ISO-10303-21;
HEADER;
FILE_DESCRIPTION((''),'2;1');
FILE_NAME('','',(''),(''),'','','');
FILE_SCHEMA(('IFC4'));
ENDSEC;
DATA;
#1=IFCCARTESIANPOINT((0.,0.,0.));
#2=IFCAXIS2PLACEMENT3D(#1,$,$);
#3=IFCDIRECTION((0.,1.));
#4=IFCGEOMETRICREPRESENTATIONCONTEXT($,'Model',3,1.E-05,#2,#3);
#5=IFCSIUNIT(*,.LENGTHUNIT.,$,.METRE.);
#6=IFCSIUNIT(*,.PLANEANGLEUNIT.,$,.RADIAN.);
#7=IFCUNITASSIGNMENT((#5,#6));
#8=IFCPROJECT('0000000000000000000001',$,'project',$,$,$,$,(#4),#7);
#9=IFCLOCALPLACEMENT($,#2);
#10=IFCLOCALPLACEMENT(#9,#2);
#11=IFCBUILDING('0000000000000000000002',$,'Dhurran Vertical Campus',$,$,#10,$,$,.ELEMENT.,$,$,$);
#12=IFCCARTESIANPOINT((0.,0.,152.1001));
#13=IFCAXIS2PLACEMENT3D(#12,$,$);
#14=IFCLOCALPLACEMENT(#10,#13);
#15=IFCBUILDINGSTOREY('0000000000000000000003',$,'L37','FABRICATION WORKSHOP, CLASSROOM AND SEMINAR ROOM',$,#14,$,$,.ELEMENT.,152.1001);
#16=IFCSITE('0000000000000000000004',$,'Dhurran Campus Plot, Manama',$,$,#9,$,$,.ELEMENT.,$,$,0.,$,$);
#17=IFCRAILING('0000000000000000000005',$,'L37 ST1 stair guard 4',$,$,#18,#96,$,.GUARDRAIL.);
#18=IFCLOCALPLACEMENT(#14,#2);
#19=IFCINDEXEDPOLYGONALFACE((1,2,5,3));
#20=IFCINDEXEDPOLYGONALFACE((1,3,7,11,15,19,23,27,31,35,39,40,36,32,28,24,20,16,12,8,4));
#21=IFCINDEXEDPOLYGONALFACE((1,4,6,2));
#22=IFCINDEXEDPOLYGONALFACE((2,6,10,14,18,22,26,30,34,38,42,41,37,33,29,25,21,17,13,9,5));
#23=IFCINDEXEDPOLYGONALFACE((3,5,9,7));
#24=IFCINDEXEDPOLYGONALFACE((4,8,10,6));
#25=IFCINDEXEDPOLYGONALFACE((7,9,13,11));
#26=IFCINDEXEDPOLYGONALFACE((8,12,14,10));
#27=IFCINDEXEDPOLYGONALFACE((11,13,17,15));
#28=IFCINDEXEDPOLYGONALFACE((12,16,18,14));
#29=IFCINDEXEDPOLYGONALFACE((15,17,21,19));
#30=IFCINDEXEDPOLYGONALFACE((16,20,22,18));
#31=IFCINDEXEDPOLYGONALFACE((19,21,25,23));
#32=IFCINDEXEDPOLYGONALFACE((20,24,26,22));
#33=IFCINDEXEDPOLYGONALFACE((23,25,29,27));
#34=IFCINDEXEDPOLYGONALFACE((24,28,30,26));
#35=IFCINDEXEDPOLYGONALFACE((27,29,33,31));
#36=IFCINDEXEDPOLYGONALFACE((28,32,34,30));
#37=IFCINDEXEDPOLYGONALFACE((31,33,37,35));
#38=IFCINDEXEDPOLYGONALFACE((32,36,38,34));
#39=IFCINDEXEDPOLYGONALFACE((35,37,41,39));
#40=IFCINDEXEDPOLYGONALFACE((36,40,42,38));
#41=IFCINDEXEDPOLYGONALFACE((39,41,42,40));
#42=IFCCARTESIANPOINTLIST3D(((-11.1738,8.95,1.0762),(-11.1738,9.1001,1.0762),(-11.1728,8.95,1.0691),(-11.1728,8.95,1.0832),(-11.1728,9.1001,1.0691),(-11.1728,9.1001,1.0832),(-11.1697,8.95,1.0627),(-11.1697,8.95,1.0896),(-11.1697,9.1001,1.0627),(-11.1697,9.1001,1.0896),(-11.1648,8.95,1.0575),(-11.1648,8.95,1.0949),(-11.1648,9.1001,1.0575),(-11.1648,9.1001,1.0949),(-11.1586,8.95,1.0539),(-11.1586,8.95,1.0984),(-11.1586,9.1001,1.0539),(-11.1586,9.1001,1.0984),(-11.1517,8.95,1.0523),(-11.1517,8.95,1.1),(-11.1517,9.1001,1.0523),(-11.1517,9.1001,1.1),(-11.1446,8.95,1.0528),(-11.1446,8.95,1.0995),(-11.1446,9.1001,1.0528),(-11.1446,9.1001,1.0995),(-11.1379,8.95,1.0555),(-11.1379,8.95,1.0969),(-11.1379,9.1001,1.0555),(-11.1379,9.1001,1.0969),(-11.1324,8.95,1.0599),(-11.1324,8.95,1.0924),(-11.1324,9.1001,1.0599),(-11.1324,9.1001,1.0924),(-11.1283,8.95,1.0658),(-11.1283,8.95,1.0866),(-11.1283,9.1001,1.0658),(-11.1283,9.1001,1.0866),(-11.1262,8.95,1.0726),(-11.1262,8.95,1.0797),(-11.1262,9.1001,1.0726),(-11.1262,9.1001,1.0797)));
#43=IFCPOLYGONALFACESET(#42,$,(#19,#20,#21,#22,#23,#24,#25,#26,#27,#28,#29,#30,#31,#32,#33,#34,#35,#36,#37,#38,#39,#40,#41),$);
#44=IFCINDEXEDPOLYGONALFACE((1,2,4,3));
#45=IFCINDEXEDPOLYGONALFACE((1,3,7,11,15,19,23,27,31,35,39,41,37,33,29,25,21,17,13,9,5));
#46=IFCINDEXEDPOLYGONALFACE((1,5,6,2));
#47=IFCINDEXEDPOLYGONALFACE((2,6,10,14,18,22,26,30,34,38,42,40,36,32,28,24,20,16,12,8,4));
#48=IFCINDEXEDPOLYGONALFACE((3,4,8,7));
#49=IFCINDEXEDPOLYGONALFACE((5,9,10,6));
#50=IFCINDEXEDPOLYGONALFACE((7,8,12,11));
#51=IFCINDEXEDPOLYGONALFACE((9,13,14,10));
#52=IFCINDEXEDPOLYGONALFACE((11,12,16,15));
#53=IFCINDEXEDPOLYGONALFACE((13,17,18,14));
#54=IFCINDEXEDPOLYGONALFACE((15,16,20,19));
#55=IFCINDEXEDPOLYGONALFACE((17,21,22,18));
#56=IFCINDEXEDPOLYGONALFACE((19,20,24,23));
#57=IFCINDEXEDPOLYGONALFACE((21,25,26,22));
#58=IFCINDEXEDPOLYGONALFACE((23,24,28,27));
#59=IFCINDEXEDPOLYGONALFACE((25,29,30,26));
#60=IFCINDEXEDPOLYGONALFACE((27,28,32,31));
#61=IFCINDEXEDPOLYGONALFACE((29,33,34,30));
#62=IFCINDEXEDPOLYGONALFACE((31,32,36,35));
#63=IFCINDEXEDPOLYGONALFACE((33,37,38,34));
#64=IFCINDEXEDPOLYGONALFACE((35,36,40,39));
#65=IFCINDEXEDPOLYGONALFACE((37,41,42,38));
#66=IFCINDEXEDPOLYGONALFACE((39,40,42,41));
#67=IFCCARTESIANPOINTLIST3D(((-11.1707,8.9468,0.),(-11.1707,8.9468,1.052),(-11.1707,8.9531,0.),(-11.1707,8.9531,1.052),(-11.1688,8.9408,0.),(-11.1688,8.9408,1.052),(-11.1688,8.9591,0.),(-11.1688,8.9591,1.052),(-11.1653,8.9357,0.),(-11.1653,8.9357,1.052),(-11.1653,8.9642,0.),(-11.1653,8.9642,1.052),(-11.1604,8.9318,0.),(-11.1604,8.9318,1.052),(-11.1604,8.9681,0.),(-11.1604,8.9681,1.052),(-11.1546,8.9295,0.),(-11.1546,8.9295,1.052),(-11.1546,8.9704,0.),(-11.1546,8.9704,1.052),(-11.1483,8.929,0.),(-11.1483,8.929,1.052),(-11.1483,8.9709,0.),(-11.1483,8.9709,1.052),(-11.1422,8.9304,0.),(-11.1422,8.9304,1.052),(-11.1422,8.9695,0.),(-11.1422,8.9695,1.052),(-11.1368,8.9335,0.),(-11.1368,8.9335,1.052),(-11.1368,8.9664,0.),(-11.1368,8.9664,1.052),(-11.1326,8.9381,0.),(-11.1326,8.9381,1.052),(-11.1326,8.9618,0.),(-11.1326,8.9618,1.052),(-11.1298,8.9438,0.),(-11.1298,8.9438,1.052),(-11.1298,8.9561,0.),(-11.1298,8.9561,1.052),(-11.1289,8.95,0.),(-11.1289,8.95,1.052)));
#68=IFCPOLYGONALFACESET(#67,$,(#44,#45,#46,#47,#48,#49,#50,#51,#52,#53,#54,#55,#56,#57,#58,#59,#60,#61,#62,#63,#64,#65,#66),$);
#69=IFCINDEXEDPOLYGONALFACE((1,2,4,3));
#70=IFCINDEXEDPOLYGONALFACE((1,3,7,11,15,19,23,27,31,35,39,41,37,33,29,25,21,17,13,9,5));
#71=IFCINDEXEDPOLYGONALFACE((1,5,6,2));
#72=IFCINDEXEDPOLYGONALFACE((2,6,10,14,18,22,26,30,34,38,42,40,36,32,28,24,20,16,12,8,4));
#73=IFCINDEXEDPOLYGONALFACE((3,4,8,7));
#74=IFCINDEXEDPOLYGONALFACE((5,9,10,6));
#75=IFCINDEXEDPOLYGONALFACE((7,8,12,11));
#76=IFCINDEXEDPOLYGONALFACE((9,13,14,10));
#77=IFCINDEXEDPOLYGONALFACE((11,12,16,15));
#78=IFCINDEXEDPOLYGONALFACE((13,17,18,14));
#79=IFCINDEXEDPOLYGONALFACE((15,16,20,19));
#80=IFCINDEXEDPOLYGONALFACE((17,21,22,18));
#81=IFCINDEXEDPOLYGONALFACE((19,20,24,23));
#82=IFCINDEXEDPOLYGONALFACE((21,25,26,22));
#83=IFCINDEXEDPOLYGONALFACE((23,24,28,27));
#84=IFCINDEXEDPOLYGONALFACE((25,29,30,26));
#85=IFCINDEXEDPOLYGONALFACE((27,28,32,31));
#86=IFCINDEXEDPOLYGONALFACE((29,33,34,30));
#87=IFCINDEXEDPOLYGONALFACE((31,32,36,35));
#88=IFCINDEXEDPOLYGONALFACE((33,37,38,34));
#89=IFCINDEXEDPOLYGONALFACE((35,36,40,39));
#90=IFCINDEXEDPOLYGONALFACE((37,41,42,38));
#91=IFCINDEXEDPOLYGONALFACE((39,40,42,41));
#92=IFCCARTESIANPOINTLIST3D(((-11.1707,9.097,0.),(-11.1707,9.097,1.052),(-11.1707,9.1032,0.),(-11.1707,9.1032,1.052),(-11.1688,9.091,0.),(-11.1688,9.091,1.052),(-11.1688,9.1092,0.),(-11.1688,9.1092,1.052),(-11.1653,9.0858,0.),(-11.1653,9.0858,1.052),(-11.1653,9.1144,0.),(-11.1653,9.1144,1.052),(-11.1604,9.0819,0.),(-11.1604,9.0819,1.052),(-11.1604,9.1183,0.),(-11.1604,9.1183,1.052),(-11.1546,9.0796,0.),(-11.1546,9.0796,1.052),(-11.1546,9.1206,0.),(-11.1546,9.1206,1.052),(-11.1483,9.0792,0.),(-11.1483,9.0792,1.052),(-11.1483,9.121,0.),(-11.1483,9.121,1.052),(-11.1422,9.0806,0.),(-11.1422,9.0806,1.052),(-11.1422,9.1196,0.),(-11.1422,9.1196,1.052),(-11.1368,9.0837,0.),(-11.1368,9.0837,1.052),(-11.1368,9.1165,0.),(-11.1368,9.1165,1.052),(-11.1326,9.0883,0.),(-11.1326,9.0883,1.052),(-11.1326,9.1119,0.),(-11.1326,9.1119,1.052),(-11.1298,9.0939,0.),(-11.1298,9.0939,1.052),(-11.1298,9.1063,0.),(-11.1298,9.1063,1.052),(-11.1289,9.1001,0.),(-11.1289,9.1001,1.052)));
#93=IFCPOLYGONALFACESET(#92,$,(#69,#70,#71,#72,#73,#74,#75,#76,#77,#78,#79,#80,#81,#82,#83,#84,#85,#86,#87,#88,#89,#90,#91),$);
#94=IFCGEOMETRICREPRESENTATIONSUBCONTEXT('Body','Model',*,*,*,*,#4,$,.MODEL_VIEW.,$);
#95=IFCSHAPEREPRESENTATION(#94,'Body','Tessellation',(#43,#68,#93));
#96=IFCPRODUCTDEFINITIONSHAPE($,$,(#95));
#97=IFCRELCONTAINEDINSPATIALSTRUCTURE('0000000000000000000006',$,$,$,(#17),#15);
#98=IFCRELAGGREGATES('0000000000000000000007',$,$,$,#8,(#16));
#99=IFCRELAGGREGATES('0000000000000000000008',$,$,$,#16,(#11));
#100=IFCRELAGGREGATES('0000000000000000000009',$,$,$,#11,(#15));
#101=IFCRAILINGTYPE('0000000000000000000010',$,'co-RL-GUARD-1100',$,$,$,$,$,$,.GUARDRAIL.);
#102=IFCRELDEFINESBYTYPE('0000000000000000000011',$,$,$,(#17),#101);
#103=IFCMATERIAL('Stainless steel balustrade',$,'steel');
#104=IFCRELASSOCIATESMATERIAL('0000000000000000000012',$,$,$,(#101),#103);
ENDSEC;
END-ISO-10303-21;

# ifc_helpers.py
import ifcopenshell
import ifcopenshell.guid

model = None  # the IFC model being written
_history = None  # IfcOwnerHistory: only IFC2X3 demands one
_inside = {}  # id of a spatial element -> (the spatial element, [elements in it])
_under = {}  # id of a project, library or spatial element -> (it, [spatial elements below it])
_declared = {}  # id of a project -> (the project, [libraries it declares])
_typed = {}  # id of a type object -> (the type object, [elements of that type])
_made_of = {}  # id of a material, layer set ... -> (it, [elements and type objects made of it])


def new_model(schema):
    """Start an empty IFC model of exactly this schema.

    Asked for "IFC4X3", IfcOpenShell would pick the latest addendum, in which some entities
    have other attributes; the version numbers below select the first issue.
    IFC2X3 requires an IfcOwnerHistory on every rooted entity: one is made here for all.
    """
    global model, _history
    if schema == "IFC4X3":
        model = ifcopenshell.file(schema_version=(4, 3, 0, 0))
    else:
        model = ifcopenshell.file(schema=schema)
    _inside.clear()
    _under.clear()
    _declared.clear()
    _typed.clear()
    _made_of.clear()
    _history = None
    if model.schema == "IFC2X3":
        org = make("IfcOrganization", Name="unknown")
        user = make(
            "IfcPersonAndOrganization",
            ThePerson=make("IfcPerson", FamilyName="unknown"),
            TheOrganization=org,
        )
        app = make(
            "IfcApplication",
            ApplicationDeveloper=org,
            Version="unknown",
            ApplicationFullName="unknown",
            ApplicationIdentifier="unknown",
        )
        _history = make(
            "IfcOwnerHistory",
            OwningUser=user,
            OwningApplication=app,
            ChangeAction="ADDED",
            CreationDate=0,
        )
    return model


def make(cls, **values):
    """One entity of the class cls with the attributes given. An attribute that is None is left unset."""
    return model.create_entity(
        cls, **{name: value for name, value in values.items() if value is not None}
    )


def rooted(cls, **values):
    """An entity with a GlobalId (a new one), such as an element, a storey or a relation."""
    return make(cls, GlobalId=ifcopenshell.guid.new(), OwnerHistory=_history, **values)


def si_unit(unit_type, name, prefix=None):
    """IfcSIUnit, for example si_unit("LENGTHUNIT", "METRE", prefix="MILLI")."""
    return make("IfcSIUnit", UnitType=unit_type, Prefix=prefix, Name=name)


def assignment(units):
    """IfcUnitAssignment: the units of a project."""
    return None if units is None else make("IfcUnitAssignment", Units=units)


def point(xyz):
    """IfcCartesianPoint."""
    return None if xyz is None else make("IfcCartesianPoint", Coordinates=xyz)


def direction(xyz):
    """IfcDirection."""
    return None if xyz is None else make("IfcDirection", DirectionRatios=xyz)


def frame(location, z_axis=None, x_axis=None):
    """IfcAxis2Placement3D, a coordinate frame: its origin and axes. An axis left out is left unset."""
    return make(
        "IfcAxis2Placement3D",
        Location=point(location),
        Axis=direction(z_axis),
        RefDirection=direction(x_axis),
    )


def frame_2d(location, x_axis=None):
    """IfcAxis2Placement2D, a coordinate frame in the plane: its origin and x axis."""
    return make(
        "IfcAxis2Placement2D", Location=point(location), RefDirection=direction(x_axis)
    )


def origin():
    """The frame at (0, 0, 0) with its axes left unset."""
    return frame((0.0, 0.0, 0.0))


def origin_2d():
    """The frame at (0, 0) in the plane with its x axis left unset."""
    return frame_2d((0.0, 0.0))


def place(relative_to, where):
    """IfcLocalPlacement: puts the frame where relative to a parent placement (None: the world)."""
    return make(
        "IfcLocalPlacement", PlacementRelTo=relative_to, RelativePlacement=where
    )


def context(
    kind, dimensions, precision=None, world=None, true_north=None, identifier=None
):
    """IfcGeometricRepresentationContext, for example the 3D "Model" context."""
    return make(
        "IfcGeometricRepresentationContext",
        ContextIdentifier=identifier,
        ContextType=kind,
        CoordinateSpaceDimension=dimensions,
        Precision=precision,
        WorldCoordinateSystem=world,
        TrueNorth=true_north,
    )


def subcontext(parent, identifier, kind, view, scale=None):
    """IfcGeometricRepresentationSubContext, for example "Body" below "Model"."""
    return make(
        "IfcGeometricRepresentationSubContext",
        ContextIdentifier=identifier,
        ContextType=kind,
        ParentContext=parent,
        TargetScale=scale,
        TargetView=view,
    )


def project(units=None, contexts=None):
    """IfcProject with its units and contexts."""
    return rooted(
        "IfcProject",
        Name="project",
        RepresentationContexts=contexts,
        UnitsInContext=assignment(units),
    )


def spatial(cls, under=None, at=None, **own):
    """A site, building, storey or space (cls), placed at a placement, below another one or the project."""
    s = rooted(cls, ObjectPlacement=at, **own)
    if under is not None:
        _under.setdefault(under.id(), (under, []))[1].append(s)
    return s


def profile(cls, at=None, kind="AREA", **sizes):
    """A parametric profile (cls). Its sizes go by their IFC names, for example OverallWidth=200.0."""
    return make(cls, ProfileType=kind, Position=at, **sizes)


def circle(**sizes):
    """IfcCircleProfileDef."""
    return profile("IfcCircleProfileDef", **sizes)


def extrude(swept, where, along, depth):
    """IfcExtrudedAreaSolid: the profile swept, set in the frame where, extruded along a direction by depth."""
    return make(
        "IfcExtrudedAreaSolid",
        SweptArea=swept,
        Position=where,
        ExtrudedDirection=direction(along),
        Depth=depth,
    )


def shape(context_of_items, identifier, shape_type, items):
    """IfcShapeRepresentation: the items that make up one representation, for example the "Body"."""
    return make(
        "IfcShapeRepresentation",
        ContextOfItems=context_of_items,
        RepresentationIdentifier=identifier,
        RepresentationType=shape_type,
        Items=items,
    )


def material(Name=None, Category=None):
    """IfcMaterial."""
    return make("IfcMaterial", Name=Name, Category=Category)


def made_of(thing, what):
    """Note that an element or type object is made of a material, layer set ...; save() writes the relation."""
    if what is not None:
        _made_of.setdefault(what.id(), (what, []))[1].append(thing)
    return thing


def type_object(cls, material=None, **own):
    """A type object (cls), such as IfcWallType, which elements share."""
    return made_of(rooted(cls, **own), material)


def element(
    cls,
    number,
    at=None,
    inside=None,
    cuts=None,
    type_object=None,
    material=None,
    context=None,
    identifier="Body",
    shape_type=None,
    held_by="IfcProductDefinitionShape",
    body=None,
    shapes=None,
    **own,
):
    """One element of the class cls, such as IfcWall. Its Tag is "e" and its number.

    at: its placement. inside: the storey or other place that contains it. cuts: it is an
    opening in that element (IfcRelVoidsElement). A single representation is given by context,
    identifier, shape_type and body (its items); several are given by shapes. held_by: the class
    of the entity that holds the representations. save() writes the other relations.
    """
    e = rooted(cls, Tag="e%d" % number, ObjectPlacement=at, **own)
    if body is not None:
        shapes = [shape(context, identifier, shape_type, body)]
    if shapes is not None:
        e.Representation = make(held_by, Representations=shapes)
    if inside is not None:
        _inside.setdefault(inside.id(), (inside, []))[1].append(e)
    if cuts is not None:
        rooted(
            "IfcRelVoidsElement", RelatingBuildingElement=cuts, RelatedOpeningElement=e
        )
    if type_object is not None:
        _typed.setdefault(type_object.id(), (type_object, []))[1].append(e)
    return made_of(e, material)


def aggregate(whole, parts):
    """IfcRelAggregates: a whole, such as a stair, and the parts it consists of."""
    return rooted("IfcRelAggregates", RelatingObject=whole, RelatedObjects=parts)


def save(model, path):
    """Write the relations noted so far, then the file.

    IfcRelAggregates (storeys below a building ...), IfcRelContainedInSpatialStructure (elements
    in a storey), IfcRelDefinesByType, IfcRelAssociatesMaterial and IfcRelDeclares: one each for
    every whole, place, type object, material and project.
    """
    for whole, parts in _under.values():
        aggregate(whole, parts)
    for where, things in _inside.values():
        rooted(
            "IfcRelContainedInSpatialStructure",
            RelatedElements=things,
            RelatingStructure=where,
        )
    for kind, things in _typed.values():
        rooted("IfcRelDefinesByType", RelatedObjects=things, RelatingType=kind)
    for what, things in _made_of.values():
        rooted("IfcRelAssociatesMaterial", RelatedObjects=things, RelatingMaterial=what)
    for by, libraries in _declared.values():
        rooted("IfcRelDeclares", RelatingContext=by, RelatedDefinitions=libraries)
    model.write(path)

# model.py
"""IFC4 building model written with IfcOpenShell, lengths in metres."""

from ifc_helpers import new_model, si_unit, direction, frame, origin, origin_2d, place, context, subcontext, project, spatial, circle, extrude, material, type_object, element, save


model = new_model("IFC4")

# Units and contexts
model_context = context("Model", 3, precision=1e-05, world=origin(), true_north=direction((0.0, 1.0)))
body_context = subcontext(model_context, "Body", "Model", "MODEL_VIEW")
ifc_project = project(units=[si_unit("LENGTHUNIT", "METRE"), si_unit("PLANEANGLEUNIT", "RADIAN")], contexts=[model_context])

# Site, building, storey
site_placement = place(None, origin())
site = spatial("IfcSite", under=ifc_project, at=site_placement, Name="Dhurran Campus Plot, Manama", CompositionType="ELEMENT", RefElevation=0.0)
building_placement = place(site_placement, origin())
building = spatial("IfcBuilding", under=site, at=building_placement, Name="Dhurran Vertical Campus", CompositionType="ELEMENT")
storey_placement = place(building_placement, frame((0.0, 0.0, 152.1001)))
storey = spatial("IfcBuildingStorey", under=building, at=storey_placement, Name="L37", Description="FABRICATION WORKSHOP, CLASSROOM AND SEMINAR ROOM", CompositionType="ELEMENT", Elevation=152.1001)

# Railing
ifc_material_1 = material(Name="Stainless steel balustrade", Category="steel")
railing_type_1 = type_object("IfcRailingType", Name="co-RL-GUARD-1100", PredefinedType="GUARDRAIL", material=ifc_material_1)
railing_1_placement = place(storey_placement, frame((-11.1499, 8.95, 0.0)))
element("IfcRailing", 1, at=railing_1_placement, inside=storey, type_object=railing_type_1, Name="L37 ST1 stair guard 4", PredefinedType="GUARDRAIL", context=body_context, shape_type="SweptSolid", body=[
    extrude(circle(Radius=0.0239, at=origin_2d()), frame((0.0, 0.0, 1.0762), z_axis=(0.0, 1.0, 0.0), x_axis=(-1.0, 0.0, 0.0)), (0.0, 0.0, 1.0), 0.1501),
    extrude(circle(Radius=0.021, at=origin_2d()), origin(), (0.0, 0.0, 1.0), 1.052),
    extrude(circle(Radius=0.021, at=origin_2d()), frame((0.0, 0.1501, 0.0)), (0.0, 0.0, 1.0), 1.052),
])

save(model, "model.ifc")
